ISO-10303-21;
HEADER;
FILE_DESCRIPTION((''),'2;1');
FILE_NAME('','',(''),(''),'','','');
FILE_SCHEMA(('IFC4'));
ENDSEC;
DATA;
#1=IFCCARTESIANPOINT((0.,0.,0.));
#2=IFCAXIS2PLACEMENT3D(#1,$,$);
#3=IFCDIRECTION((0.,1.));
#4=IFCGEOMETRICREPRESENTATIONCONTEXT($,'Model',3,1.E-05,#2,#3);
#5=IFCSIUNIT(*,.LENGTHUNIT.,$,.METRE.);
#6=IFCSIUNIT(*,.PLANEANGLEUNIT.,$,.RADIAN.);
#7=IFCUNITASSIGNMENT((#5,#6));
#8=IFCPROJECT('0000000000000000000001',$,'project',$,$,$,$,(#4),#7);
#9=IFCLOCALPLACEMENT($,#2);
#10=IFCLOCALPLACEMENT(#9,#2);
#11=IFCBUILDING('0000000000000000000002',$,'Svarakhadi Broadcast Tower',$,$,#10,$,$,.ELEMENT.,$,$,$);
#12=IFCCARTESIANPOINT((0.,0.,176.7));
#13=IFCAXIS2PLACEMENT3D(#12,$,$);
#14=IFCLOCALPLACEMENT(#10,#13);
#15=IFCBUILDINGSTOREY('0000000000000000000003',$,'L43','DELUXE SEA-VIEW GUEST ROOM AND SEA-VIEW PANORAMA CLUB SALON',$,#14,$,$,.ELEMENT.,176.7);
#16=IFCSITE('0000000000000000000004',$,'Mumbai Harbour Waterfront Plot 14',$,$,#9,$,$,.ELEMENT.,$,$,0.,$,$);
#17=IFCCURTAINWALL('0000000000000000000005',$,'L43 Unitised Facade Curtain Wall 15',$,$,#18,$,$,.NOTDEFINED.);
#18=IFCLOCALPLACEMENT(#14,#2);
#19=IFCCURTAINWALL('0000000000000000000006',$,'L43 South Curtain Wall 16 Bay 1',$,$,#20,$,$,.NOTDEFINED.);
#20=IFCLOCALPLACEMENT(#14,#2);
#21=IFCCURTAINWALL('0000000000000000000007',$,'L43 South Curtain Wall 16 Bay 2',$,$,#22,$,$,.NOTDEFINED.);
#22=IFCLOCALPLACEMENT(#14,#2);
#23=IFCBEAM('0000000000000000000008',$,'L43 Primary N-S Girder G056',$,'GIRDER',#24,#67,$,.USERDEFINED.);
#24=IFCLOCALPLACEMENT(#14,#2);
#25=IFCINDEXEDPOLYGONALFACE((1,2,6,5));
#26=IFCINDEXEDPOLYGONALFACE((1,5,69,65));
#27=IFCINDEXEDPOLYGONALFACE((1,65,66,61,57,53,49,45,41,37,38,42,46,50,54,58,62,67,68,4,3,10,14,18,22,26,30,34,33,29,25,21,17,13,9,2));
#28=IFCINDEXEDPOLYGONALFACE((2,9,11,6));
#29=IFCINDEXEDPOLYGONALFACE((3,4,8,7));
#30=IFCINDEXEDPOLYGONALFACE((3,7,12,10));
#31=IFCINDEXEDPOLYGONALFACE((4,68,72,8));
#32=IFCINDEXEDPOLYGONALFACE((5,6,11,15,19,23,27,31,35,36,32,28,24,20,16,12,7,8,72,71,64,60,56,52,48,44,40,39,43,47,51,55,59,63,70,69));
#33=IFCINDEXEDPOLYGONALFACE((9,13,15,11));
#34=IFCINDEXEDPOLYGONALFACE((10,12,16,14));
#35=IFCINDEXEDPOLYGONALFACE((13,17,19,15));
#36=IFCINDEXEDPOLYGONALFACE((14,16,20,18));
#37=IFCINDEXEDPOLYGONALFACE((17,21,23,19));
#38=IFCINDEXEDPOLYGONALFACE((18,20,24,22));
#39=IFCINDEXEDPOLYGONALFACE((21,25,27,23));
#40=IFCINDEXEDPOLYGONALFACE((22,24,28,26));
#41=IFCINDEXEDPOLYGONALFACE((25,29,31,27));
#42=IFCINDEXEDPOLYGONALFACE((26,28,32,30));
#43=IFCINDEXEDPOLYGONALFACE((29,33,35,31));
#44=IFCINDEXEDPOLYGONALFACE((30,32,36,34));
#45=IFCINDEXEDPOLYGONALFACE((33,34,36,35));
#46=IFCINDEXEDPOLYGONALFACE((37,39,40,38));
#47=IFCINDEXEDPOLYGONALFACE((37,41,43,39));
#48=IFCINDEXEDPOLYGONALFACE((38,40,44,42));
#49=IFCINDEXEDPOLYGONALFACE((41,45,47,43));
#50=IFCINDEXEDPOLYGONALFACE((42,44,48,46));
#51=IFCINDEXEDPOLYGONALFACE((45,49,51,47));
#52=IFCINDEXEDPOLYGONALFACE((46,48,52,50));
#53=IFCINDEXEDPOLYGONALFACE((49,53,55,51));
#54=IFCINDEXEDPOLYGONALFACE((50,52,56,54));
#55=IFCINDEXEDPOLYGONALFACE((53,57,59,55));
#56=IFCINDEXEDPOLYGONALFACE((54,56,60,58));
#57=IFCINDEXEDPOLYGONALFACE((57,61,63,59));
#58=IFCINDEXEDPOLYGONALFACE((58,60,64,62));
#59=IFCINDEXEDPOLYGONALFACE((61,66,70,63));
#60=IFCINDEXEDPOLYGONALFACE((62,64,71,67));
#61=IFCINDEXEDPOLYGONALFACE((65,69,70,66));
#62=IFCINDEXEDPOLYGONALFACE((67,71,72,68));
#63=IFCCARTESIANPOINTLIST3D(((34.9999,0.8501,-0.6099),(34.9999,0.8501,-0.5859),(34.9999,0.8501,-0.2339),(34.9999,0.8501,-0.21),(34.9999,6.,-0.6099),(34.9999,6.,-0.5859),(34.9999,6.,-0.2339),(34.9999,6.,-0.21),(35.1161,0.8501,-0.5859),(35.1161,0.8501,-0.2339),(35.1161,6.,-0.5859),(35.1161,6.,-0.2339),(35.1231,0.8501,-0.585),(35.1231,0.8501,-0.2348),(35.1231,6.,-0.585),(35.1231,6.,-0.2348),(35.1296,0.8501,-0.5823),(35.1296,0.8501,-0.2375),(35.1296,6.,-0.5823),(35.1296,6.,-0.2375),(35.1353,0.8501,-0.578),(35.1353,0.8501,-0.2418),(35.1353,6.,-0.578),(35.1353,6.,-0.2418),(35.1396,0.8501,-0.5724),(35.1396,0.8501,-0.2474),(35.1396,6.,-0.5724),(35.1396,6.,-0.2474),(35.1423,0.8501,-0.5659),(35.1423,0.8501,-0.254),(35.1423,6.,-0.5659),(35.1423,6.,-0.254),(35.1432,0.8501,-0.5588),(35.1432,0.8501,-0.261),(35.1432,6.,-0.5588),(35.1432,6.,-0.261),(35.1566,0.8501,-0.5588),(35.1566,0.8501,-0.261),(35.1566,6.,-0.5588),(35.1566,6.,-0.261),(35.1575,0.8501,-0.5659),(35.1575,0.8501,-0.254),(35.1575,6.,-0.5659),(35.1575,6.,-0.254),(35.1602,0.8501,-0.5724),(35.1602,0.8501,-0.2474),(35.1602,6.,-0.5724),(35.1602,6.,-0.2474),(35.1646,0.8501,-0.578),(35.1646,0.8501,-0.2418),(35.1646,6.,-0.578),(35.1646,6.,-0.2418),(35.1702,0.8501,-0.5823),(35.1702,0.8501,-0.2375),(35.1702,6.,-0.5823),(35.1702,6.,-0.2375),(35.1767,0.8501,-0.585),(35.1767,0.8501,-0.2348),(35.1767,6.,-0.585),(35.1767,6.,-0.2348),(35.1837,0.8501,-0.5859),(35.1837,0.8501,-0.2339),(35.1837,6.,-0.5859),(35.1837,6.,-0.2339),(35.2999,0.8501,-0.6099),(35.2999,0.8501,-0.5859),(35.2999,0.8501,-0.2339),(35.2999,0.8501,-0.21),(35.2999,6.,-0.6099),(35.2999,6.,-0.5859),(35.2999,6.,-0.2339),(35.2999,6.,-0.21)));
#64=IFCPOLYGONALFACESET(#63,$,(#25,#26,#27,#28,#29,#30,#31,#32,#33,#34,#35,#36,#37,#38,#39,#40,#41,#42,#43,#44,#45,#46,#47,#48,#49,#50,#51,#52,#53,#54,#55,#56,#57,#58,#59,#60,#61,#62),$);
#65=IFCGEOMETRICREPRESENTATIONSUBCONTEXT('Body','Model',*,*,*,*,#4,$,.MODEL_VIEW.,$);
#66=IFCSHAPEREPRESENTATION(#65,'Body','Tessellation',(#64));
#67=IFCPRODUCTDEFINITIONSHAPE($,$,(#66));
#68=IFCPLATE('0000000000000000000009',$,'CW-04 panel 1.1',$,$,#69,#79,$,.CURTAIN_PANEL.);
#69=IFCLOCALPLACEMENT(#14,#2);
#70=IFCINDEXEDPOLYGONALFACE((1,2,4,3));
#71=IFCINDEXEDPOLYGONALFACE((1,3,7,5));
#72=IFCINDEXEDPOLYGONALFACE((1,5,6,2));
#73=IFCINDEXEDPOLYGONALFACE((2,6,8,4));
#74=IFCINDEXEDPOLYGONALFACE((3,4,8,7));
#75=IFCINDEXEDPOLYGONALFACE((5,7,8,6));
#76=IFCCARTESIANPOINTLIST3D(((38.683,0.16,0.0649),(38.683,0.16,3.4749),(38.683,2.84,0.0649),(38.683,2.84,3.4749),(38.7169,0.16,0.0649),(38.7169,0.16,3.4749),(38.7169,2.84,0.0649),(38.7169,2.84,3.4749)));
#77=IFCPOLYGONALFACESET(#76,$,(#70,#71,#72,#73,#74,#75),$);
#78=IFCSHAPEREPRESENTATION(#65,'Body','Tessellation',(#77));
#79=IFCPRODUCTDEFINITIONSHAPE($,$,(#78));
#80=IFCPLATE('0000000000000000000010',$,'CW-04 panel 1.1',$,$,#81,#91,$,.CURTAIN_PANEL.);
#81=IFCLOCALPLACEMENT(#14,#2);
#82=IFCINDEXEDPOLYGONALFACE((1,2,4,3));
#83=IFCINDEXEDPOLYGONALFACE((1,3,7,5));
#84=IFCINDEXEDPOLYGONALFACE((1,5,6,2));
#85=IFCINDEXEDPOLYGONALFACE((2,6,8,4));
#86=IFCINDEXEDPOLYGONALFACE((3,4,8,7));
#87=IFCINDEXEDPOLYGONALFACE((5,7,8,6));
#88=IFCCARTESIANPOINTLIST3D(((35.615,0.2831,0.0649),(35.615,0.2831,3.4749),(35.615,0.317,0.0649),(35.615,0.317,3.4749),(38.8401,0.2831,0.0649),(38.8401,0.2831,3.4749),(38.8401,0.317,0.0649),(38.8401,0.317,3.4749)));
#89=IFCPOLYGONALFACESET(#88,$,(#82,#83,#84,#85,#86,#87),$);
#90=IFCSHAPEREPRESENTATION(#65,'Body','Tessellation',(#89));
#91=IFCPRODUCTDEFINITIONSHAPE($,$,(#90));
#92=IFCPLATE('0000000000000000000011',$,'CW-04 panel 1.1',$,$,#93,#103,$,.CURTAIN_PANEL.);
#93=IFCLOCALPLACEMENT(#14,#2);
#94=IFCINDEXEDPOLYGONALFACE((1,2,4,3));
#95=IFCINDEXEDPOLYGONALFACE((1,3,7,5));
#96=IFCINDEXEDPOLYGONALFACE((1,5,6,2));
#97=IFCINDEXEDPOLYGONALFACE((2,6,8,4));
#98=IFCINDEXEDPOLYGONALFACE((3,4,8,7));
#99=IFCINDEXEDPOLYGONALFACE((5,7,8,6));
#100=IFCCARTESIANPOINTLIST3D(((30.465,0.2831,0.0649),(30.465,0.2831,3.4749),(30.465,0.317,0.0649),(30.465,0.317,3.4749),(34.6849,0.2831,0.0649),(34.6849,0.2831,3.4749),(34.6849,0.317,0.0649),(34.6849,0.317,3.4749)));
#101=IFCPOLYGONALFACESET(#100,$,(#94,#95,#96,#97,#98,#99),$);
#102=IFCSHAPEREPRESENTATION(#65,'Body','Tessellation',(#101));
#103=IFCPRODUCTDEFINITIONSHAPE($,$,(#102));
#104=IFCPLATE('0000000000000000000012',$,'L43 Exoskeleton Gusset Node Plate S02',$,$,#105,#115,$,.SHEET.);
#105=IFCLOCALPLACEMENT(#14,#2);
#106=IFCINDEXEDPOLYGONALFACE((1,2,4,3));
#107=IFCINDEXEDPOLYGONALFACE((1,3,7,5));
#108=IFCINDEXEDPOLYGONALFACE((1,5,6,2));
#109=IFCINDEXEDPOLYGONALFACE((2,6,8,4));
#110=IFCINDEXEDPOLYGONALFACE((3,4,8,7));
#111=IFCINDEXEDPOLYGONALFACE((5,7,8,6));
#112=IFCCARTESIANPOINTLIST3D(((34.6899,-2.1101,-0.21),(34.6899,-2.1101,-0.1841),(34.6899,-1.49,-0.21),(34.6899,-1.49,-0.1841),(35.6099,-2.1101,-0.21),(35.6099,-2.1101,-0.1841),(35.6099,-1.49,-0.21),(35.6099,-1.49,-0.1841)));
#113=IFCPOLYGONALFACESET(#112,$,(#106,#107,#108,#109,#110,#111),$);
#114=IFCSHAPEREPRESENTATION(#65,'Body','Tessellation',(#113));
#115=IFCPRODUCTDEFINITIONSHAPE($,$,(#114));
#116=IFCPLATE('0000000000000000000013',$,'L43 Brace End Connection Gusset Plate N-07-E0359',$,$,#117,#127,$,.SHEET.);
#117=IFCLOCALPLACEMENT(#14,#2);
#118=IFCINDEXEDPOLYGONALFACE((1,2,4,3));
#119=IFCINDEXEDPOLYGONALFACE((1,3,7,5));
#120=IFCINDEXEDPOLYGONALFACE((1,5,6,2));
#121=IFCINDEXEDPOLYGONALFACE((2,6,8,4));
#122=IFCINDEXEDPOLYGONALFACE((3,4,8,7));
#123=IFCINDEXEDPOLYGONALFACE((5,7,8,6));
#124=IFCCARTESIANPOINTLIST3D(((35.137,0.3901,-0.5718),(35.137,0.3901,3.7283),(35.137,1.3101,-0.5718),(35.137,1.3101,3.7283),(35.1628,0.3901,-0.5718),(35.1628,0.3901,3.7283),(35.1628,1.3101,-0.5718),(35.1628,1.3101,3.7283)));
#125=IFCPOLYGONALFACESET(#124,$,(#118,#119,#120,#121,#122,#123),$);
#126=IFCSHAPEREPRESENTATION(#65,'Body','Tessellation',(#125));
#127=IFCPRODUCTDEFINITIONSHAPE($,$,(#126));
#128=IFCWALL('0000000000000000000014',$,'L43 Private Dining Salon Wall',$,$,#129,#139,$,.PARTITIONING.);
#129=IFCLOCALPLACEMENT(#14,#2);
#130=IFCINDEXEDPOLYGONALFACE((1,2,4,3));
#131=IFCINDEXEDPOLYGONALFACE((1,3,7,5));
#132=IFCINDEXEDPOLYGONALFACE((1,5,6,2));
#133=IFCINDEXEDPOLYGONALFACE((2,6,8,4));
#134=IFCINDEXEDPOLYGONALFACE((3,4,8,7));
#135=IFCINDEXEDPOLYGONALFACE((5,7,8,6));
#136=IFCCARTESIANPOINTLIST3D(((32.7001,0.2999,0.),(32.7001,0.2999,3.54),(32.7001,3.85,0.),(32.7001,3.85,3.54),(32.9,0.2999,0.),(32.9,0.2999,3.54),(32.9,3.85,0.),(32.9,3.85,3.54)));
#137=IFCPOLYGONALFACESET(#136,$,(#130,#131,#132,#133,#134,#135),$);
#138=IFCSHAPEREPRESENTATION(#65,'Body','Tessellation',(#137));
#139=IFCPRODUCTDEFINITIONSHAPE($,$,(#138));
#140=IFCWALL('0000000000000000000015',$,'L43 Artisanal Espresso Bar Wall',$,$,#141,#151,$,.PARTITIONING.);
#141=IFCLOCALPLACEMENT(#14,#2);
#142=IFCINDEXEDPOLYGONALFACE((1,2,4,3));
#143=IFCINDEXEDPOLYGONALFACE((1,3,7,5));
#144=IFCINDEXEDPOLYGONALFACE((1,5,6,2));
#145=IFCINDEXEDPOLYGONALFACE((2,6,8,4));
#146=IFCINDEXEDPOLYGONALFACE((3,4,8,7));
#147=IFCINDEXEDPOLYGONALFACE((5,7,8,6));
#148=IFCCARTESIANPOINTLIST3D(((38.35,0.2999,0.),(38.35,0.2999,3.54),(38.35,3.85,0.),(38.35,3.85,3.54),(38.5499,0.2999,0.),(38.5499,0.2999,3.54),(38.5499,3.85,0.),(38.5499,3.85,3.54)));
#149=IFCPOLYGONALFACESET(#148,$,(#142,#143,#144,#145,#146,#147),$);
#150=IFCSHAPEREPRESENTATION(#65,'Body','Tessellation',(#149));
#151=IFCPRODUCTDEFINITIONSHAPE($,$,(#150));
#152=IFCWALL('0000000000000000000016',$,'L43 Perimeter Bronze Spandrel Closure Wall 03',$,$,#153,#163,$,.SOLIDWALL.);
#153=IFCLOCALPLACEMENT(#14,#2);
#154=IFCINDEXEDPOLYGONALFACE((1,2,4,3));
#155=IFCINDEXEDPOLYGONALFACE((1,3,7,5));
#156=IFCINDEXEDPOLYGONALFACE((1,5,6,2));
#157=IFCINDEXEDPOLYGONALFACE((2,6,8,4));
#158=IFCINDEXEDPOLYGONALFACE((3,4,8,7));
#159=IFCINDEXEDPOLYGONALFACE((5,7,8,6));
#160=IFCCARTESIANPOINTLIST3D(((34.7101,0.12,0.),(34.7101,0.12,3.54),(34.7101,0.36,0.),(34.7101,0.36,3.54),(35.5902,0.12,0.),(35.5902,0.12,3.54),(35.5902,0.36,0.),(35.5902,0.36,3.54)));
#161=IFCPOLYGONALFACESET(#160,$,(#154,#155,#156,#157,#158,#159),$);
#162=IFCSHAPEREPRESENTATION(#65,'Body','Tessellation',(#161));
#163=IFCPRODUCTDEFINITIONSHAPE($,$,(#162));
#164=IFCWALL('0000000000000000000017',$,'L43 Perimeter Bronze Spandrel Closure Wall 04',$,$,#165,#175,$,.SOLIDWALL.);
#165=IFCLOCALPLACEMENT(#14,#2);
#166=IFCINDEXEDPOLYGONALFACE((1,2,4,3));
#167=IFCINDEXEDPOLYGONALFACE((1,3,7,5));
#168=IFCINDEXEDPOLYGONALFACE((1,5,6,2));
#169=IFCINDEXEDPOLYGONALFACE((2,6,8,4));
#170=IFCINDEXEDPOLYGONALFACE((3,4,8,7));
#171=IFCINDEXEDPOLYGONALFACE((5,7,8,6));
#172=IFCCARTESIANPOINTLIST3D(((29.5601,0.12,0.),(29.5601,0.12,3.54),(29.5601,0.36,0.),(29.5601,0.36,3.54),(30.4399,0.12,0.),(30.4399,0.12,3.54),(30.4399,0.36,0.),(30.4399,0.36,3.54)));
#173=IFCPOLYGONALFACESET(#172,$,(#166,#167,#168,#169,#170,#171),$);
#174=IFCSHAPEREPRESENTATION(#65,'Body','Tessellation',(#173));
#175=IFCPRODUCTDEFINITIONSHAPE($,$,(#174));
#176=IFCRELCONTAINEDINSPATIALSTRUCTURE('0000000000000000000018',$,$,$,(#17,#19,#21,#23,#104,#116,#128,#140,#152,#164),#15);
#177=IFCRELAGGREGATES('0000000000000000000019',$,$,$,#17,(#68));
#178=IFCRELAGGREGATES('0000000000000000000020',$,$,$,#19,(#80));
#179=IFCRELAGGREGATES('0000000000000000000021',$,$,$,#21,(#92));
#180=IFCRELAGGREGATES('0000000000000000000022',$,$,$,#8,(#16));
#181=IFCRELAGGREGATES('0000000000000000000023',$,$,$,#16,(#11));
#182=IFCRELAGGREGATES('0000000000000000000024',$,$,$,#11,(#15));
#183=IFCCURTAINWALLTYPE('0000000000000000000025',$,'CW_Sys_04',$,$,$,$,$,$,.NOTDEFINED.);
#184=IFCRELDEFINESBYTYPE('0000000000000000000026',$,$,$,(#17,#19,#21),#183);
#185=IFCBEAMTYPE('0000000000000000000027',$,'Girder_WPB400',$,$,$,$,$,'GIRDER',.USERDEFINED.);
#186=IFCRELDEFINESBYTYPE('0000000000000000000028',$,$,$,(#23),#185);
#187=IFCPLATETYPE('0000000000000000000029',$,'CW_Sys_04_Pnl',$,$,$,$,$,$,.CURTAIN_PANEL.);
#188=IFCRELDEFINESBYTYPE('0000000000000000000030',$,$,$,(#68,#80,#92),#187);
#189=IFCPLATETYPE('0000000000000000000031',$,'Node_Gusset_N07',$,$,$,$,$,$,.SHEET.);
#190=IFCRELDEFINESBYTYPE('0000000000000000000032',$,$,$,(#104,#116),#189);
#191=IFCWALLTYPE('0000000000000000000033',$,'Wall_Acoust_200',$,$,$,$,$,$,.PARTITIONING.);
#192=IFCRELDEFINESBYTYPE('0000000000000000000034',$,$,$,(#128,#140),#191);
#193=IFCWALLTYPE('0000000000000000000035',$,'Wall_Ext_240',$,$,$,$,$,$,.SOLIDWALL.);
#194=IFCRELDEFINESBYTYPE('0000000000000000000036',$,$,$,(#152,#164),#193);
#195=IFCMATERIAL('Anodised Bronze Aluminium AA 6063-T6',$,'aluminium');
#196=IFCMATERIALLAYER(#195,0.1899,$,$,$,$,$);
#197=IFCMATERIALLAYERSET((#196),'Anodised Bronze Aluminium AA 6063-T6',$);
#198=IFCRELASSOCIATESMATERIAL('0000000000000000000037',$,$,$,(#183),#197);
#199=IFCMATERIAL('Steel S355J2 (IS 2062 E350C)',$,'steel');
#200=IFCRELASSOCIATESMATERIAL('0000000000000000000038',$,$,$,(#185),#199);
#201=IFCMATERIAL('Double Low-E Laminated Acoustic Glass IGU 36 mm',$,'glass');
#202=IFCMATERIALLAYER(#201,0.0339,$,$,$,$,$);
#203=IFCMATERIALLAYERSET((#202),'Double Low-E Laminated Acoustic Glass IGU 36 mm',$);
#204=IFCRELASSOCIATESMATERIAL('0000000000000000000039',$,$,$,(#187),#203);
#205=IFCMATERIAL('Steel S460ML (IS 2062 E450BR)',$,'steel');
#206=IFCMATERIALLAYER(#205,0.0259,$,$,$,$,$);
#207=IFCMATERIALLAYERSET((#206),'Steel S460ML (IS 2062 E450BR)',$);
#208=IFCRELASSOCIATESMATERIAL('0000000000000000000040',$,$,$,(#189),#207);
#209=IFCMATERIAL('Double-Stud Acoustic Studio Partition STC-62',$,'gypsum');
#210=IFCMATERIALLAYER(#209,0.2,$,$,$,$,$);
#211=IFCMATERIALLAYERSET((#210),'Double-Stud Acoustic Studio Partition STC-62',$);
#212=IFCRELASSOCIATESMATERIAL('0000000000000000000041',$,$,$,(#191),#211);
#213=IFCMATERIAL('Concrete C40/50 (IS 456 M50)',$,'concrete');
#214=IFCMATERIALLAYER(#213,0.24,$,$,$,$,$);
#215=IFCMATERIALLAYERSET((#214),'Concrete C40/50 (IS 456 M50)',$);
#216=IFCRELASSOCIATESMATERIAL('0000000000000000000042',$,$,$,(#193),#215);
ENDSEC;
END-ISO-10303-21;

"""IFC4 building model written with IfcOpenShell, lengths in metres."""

from ifc_helpers import new_model, si_unit, direction, frame, frame_2d, origin, origin_2d, place, context, subcontext, project, spatial, rectangle, i_section, extrude, material, layer, layer_set, material_profile, profile_set, type_object, element, aggregate, save


model = new_model("IFC4")

# Units and contexts
model_context = context("Model", 3, precision=1e-05, world=origin(), true_north=direction((0.0, 1.0)))
body_context = subcontext(model_context, "Body", "Model", "MODEL_VIEW")
ifc_project = project(units=[si_unit("LENGTHUNIT", "METRE"), si_unit("PLANEANGLEUNIT", "RADIAN")], contexts=[model_context])

# Site, building, storey
site_placement = place(None, origin())
site = spatial("IfcSite", under=ifc_project, at=site_placement, Name="Mumbai Harbour Waterfront Plot 14", CompositionType="ELEMENT", RefElevation=0.0)
building_placement = place(site_placement, origin())
building = spatial("IfcBuilding", under=site, at=building_placement, Name="Svarakhadi Broadcast Tower", CompositionType="ELEMENT")
storey_placement = place(building_placement, frame((0.0, 0.0, 176.7)))
storey = spatial("IfcBuildingStorey", under=building, at=storey_placement, Name="L43", Description="DELUXE SEA-VIEW GUEST ROOM AND SEA-VIEW PANORAMA CLUB SALON", CompositionType="ELEMENT", Elevation=176.7)

# Shared definitions
ifc_material_1 = material(Name="Anodised Bronze Aluminium AA 6063-T6", Category="aluminium")
ifc_layer_1 = layer(ifc_material_1, 0.1899)
ifc_layer_set_1 = layer_set([ifc_layer_1], Name="Anodised Bronze Aluminium AA 6063-T6")
curtain_wall_type = type_object("IfcCurtainWallType", Name="CW_Sys_04", PredefinedType="NOTDEFINED", material=ifc_layer_set_1)

# Curtain walls
curtain_wall_1_placement = place(storey_placement, origin())
curtain_wall_1 = element("IfcCurtainWall", 1, at=curtain_wall_1_placement, inside=storey, type_object=curtain_wall_type, Name="L43 Unitised Facade Curtain Wall 15", PredefinedType="NOTDEFINED")
curtain_wall_2_placement = place(storey_placement, origin())
curtain_wall_2 = element("IfcCurtainWall", 2, at=curtain_wall_2_placement, inside=storey, type_object=curtain_wall_type, Name="L43 South Curtain Wall 16 Bay 1", PredefinedType="NOTDEFINED")

# Curtain wall
curtain_wall_3_placement = place(storey_placement, origin())
curtain_wall_3 = element("IfcCurtainWall", 3, at=curtain_wall_3_placement, inside=storey, type_object=curtain_wall_type, Name="L43 South Curtain Wall 16 Bay 2", PredefinedType="NOTDEFINED")

# Shared definitions
ifc_material_2 = material(Name="Steel S460ML (IS 2062 E450BR)", Category="steel")

# Beam
ifc_material_3 = material(Name="Steel S355J2 (IS 2062 E350C)", Category="steel")
ifc_material_profile_1 = material_profile(ifc_material_3, i_section(OverallWidth=0.3, OverallDepth=0.3999, WebThickness=0.0134, FlangeThickness=0.0239, FilletRadius=0.0271, at=origin_2d()), Name="WPB 400x300x155")
ifc_profile_set_1 = profile_set([ifc_material_profile_1], Name="Steel S355J2 (IS 2062 E350C)")
beam_type = type_object("IfcBeamType", Name="Girder_WPB400", ElementType="GIRDER", PredefinedType="USERDEFINED", material=ifc_profile_set_1)
beam_placement = place(storey_placement, frame((35.1499, 0.8501, -0.4099), z_axis=(0.0, 1.0, 0.0), x_axis=(-1.0, 0.0, 0.0)))
element("IfcBeam", 4, at=beam_placement, inside=storey, type_object=beam_type, Name="L43 Primary N-S Girder G056", ObjectType="GIRDER", PredefinedType="USERDEFINED", context=body_context, shape_type="SweptSolid", body=[
    extrude(i_section(OverallWidth=0.3, OverallDepth=0.3999, WebThickness=0.0134, FlangeThickness=0.0239, FilletRadius=0.0271, at=origin_2d()), origin(), (0.0, 0.0, 1.0), 5.1499),
])

# Plates
ifc_material_4 = material(Name="Double Low-E Laminated Acoustic Glass IGU 36 mm", Category="glass")
ifc_layer_2 = layer(ifc_material_4, 0.0339)
ifc_layer_set_2 = layer_set([ifc_layer_2], Name="Double Low-E Laminated Acoustic Glass IGU 36 mm")
plate_type_1 = type_object("IfcPlateType", Name="CW_Sys_04_Pnl", PredefinedType="CURTAIN_PANEL", material=ifc_layer_set_2)
plate_1_placement = place(storey_placement, frame((38.7, 1.5, 0.0649), z_axis=(0.0, 0.0, 1.0), x_axis=(0.0, -1.0, 0.0)))
plate_1 = element("IfcPlate", 5, at=plate_1_placement, type_object=plate_type_1, Name="CW-04 panel 1.1", PredefinedType="CURTAIN_PANEL", context=body_context, shape_type="SweptSolid", body=[
    extrude(rectangle(XDim=2.6799, YDim=0.0339, at=origin_2d()), origin(), (0.0, 0.0, 1.0), 3.4099),
])
aggregate(curtain_wall_1, [plate_1])
plate_2_placement = place(storey_placement, frame((37.2275, 0.3, 0.0649), z_axis=(0.0, 0.0, 1.0), x_axis=(-1.0, 0.0, 0.0)))
plate_2 = element("IfcPlate", 6, at=plate_2_placement, type_object=plate_type_1, Name="CW-04 panel 1.1", PredefinedType="CURTAIN_PANEL", context=body_context, shape_type="SweptSolid", body=[
    extrude(rectangle(XDim=3.2251, YDim=0.0339, at=origin_2d()), origin(), (0.0, 0.0, 1.0), 3.4099),
])
aggregate(curtain_wall_2, [plate_2])
plate_3_placement = place(storey_placement, frame((32.575, 0.3, 0.0649), z_axis=(0.0, 0.0, 1.0), x_axis=(-1.0, 0.0, 0.0)))
plate_3 = element("IfcPlate", 7, at=plate_3_placement, type_object=plate_type_1, Name="CW-04 panel 1.1", PredefinedType="CURTAIN_PANEL", context=body_context, shape_type="SweptSolid", body=[
    extrude(rectangle(XDim=4.22, YDim=0.0339, at=origin_2d()), origin(), (0.0, 0.0, 1.0), 3.4099),
])
aggregate(curtain_wall_3, [plate_3])

# Plates
ifc_layer_3 = layer(ifc_material_2, 0.0259)
ifc_layer_set_3 = layer_set([ifc_layer_3], Name="Steel S460ML (IS 2062 E450BR)")
plate_type_2 = type_object("IfcPlateType", Name="Node_Gusset_N07", PredefinedType="SHEET", material=ifc_layer_set_3)
plate_4_placement = place(storey_placement, frame((35.1499, -1.8, -0.21), z_axis=(0.0, 0.0, 1.0), x_axis=(1.0, 0.0, 0.0)))
element("IfcPlate", 8, at=plate_4_placement, inside=storey, type_object=plate_type_2, Name="L43 Exoskeleton Gusset Node Plate S02", PredefinedType="SHEET", context=body_context, shape_type="SweptSolid", body=[
    extrude(rectangle(XDim=0.9199, YDim=0.6201, at=origin_2d()), origin(), (0.0, 0.0, 1.0), 0.0259),
])
plate_5_placement = place(storey_placement, frame((35.1499, 0.8501, -0.5718), z_axis=(0.0, 0.0, 1.0), x_axis=(0.0, 1.0, 0.0)))
element("IfcPlate", 9, at=plate_5_placement, inside=storey, type_object=plate_type_2, Name="L43 Brace End Connection Gusset Plate N-07-E0359", PredefinedType="SHEET", context=body_context, shape_type="SweptSolid", body=[
    extrude(rectangle(XDim=0.9199, YDim=0.0259, at=origin_2d()), origin(), (0.0, 0.0, 1.0), 4.3),
])

# Walls
ifc_material_5 = material(Name="Double-Stud Acoustic Studio Partition STC-62", Category="gypsum")
ifc_layer_4 = layer(ifc_material_5, 0.2)
ifc_layer_set_4 = layer_set([ifc_layer_4], Name="Double-Stud Acoustic Studio Partition STC-62")
wall_type_1 = type_object("IfcWallType", Name="Wall_Acoust_200", PredefinedType="PARTITIONING", material=ifc_layer_set_4)
for number, where, z_axis, x_axis, name in (
    (10, (32.8, 0.3, 0.0), (0.0, 0.0, 1.0), (0.0, 1.0, 0.0), "L43 Private Dining Salon Wall"),
    (11, (38.45, 0.3, 0.0), (0.0, 0.0, 1.0), (0.0, 1.0, 0.0), "L43 Artisanal Espresso Bar Wall"),
):
    element("IfcWall", number, at=place(storey_placement, frame(where, z_axis=z_axis, x_axis=x_axis)), inside=storey, type_object=wall_type_1, Name=name, PredefinedType="PARTITIONING", context=body_context, shape_type="SweptSolid", body=[
        extrude(rectangle(XDim=3.55, YDim=0.2, at=frame_2d((1.7749, 0.0))), origin(), (0.0, 0.0, 1.0), 3.54),
    ])
ifc_material_6 = material(Name="Concrete C40/50 (IS 456 M50)", Category="concrete")
ifc_layer_5 = layer(ifc_material_6, 0.24)
ifc_layer_set_5 = layer_set([ifc_layer_5], Name="Concrete C40/50 (IS 456 M50)")
wall_type_2 = type_object("IfcWallType", Name="Wall_Ext_240", PredefinedType="SOLIDWALL", material=ifc_layer_set_5)
wall_1_placement = place(storey_placement, frame((35.5901, 0.24, 0.0), z_axis=(0.0, 0.0, 1.0), x_axis=(-1.0, 0.0, 0.0)))
element("IfcWall", 12, at=wall_1_placement, inside=storey, type_object=wall_type_2, Name="L43 Perimeter Bronze Spandrel Closure Wall 03", PredefinedType="SOLIDWALL", context=body_context, shape_type="SweptSolid", body=[
    extrude(rectangle(XDim=0.8801, YDim=0.24, at=frame_2d((0.4399, 0.0))), origin(), (0.0, 0.0, 1.0), 3.54),
])
wall_2_placement = place(storey_placement, frame((30.4399, 0.24, 0.0), z_axis=(0.0, 0.0, 1.0), x_axis=(-1.0, 0.0, 0.0)))
element("IfcWall", 13, at=wall_2_placement, inside=storey, type_object=wall_type_2, Name="L43 Perimeter Bronze Spandrel Closure Wall 04", PredefinedType="SOLIDWALL", context=body_context, shape_type="SweptSolid", body=[
    extrude(rectangle(XDim=0.8799, YDim=0.24, at=frame_2d((0.4399, 0.0))), origin(), (0.0, 0.0, 1.0), 3.54),
])

save(model, "model.ifc")
